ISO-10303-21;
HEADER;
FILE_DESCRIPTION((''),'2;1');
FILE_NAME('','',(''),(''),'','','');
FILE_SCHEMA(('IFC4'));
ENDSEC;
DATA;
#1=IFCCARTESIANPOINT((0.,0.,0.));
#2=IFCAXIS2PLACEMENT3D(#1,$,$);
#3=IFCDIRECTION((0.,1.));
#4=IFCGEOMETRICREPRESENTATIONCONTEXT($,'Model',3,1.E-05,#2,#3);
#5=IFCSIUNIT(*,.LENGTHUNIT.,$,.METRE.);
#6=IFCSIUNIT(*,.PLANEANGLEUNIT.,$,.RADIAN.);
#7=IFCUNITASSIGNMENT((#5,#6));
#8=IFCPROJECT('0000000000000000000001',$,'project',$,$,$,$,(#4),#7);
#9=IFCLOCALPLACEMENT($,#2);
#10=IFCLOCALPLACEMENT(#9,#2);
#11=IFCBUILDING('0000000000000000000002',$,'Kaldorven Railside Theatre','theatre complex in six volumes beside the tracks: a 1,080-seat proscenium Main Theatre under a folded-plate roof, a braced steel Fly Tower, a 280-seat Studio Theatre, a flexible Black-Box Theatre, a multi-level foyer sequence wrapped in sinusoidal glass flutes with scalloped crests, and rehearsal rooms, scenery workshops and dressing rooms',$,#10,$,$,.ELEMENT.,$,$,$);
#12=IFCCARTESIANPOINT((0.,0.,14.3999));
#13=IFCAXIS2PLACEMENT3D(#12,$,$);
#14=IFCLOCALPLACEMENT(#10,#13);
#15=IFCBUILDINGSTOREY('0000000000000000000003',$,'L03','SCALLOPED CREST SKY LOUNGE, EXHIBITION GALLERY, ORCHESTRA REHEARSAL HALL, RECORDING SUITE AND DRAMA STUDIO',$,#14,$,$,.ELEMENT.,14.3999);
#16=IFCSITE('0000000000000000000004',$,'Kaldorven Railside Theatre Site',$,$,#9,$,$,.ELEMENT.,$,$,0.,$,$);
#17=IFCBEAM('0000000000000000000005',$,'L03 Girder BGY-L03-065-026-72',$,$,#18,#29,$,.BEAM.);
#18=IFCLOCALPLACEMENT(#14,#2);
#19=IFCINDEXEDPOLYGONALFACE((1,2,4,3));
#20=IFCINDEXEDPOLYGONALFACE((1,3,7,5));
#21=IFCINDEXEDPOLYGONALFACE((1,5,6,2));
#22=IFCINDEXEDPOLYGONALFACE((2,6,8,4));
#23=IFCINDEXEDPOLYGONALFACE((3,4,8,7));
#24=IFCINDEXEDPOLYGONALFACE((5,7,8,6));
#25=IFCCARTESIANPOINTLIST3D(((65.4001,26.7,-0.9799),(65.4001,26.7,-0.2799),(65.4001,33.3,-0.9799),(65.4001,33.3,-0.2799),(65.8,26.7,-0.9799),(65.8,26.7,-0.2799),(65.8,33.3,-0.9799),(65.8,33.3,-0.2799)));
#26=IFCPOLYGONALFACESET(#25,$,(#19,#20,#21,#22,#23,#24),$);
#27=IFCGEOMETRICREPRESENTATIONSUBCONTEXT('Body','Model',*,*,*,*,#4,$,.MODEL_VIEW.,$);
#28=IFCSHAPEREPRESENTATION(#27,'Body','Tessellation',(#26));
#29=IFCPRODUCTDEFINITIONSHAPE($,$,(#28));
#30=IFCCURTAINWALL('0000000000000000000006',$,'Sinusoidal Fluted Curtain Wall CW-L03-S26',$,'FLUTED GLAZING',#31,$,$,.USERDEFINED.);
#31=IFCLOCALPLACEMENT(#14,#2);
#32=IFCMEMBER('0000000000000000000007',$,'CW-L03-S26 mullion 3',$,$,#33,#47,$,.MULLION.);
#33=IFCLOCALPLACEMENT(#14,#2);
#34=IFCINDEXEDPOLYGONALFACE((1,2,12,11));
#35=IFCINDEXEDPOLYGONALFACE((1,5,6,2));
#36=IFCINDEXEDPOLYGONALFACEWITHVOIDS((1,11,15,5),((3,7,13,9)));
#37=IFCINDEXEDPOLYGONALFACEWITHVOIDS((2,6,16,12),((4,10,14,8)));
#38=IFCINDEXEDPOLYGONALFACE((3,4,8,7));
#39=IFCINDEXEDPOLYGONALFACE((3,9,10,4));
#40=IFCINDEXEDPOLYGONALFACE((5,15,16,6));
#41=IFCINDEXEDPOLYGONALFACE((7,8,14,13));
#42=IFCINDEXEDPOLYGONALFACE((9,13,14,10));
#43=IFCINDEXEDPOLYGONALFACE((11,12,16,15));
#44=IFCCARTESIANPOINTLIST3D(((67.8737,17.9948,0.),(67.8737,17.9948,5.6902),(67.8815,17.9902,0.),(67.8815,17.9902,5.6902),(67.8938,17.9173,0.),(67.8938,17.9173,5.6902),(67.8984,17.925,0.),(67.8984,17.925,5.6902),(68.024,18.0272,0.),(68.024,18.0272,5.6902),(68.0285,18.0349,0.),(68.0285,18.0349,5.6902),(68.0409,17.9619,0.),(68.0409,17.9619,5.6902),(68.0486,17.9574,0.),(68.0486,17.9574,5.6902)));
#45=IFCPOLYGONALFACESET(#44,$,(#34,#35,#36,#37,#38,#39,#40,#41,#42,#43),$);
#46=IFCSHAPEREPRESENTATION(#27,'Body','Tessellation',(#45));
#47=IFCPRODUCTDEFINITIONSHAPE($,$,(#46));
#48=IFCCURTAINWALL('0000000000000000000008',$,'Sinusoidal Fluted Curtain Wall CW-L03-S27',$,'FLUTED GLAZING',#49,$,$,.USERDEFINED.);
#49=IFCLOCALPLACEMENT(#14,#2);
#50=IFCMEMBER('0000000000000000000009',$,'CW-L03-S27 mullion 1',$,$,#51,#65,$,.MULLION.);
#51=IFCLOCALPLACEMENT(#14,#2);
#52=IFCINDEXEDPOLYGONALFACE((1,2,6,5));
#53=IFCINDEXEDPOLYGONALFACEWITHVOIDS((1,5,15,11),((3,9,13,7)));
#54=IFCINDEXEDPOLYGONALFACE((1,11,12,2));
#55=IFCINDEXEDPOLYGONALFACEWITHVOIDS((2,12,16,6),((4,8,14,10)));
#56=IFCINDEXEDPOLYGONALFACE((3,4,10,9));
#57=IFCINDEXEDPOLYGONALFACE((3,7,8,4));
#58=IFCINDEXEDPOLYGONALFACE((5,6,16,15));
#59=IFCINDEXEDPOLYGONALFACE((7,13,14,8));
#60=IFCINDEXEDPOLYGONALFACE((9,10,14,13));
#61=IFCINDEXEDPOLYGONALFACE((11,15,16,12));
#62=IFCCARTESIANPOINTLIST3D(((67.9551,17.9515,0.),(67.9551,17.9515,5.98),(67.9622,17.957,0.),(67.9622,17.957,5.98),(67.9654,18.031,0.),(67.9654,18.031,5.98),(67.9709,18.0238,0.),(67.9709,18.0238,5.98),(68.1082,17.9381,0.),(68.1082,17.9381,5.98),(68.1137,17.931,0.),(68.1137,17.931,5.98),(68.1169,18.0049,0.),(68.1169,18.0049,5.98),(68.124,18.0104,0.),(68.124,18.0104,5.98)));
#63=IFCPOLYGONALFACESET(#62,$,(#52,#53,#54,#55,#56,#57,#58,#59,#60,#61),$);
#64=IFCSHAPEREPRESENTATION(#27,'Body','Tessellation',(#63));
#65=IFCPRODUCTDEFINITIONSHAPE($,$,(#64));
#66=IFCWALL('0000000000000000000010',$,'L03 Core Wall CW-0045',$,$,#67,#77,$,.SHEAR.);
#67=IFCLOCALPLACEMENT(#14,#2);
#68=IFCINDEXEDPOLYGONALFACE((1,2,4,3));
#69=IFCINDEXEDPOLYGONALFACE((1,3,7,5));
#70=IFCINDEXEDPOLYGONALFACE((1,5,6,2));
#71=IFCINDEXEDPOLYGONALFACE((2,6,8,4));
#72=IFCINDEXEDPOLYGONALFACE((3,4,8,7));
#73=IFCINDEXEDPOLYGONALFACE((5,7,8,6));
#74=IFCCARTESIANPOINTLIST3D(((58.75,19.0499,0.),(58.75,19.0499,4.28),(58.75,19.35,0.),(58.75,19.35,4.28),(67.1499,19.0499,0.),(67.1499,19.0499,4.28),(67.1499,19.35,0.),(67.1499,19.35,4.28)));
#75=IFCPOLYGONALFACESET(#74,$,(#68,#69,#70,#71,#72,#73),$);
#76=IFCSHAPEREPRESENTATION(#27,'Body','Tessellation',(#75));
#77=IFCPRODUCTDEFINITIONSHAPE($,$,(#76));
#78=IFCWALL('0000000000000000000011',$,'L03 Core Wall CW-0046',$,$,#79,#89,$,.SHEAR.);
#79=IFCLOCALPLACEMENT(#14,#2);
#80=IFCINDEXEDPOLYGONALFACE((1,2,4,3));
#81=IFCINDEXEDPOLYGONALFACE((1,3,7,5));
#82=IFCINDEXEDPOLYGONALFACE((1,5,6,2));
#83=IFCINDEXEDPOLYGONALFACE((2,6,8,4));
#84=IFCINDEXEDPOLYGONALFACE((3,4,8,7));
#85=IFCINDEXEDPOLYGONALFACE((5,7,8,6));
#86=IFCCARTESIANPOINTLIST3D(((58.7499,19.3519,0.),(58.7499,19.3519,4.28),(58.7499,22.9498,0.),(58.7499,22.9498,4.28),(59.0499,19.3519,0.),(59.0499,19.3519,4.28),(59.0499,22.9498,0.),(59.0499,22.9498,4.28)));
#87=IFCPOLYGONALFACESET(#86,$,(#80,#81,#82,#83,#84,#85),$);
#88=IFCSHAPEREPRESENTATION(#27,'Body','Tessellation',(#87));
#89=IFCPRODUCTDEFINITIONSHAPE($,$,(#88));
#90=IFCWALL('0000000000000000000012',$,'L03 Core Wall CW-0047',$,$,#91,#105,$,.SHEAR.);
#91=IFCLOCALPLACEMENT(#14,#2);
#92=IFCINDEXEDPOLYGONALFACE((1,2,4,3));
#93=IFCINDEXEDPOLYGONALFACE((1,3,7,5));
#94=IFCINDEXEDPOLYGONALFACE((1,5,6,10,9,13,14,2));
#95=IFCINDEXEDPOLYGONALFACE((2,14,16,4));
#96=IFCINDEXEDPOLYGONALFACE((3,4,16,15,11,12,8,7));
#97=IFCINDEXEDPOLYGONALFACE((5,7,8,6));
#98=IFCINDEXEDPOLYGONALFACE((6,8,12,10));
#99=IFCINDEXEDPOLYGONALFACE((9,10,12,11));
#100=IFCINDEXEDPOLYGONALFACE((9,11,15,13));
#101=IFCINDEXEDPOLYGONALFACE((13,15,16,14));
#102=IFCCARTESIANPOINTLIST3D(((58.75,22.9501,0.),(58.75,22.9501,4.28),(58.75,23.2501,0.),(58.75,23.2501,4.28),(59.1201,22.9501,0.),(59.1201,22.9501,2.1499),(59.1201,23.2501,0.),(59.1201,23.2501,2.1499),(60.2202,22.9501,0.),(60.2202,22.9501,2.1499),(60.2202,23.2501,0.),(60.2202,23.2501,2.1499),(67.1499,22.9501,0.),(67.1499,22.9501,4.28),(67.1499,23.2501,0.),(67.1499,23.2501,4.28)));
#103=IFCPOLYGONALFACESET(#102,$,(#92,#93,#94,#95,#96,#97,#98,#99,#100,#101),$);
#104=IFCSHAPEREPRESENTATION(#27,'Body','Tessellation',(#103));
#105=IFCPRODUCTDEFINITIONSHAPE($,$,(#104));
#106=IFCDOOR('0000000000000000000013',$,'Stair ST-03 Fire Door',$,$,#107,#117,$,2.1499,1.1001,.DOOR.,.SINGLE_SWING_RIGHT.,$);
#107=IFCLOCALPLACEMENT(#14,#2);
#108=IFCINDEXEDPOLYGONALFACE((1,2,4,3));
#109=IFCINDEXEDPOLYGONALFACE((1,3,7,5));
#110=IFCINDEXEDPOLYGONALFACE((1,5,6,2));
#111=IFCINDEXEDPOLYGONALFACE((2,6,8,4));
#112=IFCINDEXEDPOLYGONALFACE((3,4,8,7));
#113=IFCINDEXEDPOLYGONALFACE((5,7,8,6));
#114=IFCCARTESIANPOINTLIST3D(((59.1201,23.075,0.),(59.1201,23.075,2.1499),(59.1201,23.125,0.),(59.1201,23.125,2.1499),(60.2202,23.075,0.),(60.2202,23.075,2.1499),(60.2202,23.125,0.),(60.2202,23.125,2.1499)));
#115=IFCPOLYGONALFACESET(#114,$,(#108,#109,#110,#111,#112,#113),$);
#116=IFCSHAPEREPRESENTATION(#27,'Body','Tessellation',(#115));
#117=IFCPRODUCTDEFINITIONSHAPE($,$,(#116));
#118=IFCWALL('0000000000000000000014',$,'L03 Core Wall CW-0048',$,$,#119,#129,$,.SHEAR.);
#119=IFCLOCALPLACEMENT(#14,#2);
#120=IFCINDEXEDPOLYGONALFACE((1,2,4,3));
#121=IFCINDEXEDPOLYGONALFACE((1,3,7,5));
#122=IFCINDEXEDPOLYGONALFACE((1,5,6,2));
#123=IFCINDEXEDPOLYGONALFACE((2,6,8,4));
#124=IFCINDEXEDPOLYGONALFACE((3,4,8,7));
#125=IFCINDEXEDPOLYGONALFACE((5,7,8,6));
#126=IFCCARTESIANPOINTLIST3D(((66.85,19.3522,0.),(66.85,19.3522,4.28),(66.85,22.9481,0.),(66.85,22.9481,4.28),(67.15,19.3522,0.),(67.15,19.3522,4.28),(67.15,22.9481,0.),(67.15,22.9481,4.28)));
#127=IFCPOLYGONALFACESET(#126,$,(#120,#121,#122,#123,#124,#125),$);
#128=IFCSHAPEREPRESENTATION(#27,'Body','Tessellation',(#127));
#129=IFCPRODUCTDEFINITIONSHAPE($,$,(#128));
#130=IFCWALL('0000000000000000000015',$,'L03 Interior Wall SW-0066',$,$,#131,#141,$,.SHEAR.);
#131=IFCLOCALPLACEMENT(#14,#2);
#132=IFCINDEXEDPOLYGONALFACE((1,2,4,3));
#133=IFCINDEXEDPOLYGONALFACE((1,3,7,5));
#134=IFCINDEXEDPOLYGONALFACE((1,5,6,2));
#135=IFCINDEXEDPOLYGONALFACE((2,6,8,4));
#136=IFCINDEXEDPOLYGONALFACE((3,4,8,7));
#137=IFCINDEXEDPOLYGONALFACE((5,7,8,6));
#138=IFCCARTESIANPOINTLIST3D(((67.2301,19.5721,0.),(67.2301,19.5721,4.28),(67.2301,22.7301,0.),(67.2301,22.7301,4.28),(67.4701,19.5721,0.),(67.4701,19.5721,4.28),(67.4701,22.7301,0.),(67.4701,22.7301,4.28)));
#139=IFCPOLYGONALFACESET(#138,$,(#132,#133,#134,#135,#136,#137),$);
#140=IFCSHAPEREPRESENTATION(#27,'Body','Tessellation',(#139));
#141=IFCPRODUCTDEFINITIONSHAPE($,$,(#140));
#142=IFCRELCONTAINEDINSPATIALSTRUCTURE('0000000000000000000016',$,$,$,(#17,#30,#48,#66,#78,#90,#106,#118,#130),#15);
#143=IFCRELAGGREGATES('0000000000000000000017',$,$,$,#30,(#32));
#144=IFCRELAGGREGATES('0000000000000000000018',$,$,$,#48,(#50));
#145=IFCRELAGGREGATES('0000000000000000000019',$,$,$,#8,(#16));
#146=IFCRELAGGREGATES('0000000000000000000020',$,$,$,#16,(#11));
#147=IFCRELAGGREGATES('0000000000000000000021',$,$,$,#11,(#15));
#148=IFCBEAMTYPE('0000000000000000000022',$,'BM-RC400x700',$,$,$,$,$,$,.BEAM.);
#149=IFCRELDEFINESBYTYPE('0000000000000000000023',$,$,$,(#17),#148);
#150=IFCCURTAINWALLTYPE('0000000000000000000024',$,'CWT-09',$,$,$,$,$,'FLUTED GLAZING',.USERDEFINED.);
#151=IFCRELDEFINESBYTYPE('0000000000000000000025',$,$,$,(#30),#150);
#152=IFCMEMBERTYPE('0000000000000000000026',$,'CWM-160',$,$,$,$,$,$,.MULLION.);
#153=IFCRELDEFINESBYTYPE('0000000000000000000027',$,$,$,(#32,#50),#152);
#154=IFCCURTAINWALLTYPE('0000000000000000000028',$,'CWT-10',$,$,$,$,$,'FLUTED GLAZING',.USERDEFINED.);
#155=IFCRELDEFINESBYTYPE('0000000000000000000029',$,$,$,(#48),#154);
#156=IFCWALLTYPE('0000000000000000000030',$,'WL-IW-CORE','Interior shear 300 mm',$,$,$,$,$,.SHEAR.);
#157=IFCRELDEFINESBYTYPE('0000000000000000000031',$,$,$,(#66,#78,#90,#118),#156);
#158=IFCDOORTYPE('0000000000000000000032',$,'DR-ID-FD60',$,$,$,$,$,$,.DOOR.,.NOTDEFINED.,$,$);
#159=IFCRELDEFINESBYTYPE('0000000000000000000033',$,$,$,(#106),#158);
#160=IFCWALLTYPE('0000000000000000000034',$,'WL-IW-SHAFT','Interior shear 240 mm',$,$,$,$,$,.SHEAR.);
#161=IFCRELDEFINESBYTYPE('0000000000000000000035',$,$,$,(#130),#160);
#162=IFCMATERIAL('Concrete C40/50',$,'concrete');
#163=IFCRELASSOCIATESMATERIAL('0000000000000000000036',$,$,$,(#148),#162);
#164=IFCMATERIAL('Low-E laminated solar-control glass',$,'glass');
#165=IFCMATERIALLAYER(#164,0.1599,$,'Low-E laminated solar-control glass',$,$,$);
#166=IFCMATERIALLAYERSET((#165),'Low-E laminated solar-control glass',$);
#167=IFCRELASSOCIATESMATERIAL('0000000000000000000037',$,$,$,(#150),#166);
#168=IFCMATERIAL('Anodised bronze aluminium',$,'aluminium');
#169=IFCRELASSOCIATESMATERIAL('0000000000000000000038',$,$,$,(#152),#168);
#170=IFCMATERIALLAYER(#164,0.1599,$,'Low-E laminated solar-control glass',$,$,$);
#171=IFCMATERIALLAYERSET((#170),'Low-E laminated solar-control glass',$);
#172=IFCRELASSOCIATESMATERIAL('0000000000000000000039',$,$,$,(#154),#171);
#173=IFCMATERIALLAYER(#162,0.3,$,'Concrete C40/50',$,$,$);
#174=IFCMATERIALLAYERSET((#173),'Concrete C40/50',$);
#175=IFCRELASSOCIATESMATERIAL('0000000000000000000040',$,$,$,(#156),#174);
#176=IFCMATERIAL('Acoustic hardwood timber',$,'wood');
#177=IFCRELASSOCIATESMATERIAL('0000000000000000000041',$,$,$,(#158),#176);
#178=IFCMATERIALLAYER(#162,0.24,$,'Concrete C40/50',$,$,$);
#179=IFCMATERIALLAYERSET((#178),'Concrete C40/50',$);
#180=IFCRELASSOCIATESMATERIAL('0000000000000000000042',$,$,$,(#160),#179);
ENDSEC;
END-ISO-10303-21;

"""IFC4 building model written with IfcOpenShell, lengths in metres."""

from ifc_helpers import new_model, si_unit, direction, frame, frame_2d, origin, origin_2d, place, context, subcontext, project, spatial, rectangle, hollow_rectangle, extrude, material, layer, layer_set, material_profile, profile_set, type_object, element, fill, aggregate, save


model = new_model("IFC4")

# Units and contexts
model_context = context("Model", 3, precision=1e-05, world=origin(), true_north=direction((0.0, 1.0)))
body_context = subcontext(model_context, "Body", "Model", "MODEL_VIEW")
ifc_project = project(units=[si_unit("LENGTHUNIT", "METRE"), si_unit("PLANEANGLEUNIT", "RADIAN")], contexts=[model_context])

# Site, building, storey
site_placement = place(None, origin())
site = spatial("IfcSite", under=ifc_project, at=site_placement, Name="Kaldorven Railside Theatre Site", CompositionType="ELEMENT", RefElevation=0.0)
building_placement = place(site_placement, origin())
building = spatial("IfcBuilding", under=site, at=building_placement, Name="Kaldorven Railside Theatre", Description="theatre complex in six volumes beside the tracks: a 1,080-seat proscenium Main Theatre under a folded-plate roof, a braced steel Fly Tower, a 280-seat Studio Theatre, a flexible Black-Box Theatre, a multi-level foyer sequence wrapped in sinusoidal glass flutes with scalloped crests, and rehearsal rooms, scenery workshops and dressing rooms", CompositionType="ELEMENT")
storey_placement = place(building_placement, frame((0.0, 0.0, 14.3999)))
storey = spatial("IfcBuildingStorey", under=building, at=storey_placement, Name="L03", Description="SCALLOPED CREST SKY LOUNGE, EXHIBITION GALLERY, ORCHESTRA REHEARSAL HALL, RECORDING SUITE AND DRAMA STUDIO", CompositionType="ELEMENT", Elevation=14.3999)

# Shared definitions
ifc_material_1 = material(Name="Concrete C40/50", Category="concrete")

# Beam
ifc_material_profile_1 = material_profile(ifc_material_1, rectangle(XDim=0.3999, YDim=0.7, at=origin_2d()), Name="RC 400x700")
ifc_profile_set_1 = profile_set([ifc_material_profile_1], Name="Concrete C40/50")
beam_type_1 = type_object("IfcBeamType", Name="BM-RC400x700", PredefinedType="BEAM", material=ifc_profile_set_1)
for number, where, z_axis, x_axis, name in (
    (1, (65.6001, 26.7, -0.6299), (0.0, 1.0, 0.0), (-1.0, 0.0, 0.0), "L03 Girder BGY-L03-065-026-72"),
):
    element("IfcBeam", number, at=place(storey_placement, frame(where, z_axis=z_axis, x_axis=x_axis)), inside=storey, type_object=beam_type_1, Name=name, PredefinedType="BEAM", context=body_context, shape_type="SweptSolid", body=[
        extrude(rectangle(XDim=0.3999, YDim=0.7, at=origin_2d()), origin(), (0.0, 0.0, 1.0), 6.6001),
    ])

# Curtain walls, members
ifc_material_2 = material(Name="Low-E laminated solar-control glass", Category="glass")
ifc_layer_1 = layer(ifc_material_2, 0.1599, Name="Low-E laminated solar-control glass")
ifc_layer_set_1 = layer_set([ifc_layer_1], Name="Low-E laminated solar-control glass")
curtain_wall_type_1 = type_object("IfcCurtainWallType", Name="CWT-09", ElementType="FLUTED GLAZING", PredefinedType="USERDEFINED", material=ifc_layer_set_1)
curtain_wall_1_placement = place(storey_placement, origin())
curtain_wall_1 = element("IfcCurtainWall", 2, at=curtain_wall_1_placement, inside=storey, type_object=curtain_wall_type_1, Name="Sinusoidal Fluted Curtain Wall CW-L03-S26", ObjectType="FLUTED GLAZING", PredefinedType="USERDEFINED")
ifc_material_3 = material(Name="Anodised bronze aluminium", Category="aluminium")
ifc_material_profile_2 = material_profile(ifc_material_3, hollow_rectangle(XDim=0.0801, YDim=0.1599, WallThickness=0.0063, at=origin_2d()), Name="RHS 160x80x6.3")
ifc_profile_set_2 = profile_set([ifc_material_profile_2], Name="Anodised bronze aluminium")
member_type = type_object("IfcMemberType", Name="CWM-160", PredefinedType="MULLION", material=ifc_profile_set_2)
member_1_placement = place(storey_placement, frame((67.9612, 17.9761, 0.0), z_axis=(0.0, 0.0, 1.0), x_axis=(-0.250954, 0.967999, 0.0)))
member_1 = element("IfcMember", 3, at=member_1_placement, type_object=member_type, Name="CW-L03-S26 mullion 3", PredefinedType="MULLION", context=body_context, shape_type="SweptSolid", body=[
    extrude(hollow_rectangle(XDim=0.0801, YDim=0.1599, WallThickness=0.0063, at=origin_2d()), origin(), (0.0, 0.0, 1.0), 5.6902),
])
aggregate(curtain_wall_1, [member_1])
ifc_layer_2 = layer(ifc_material_2, 0.1599, Name="Low-E laminated solar-control glass")
ifc_layer_set_2 = layer_set([ifc_layer_2], Name="Low-E laminated solar-control glass")
curtain_wall_type_2 = type_object("IfcCurtainWallType", Name="CWT-10", ElementType="FLUTED GLAZING", PredefinedType="USERDEFINED", material=ifc_layer_set_2)
curtain_wall_2_placement = place(storey_placement, origin())
curtain_wall_2 = element("IfcCurtainWall", 4, at=curtain_wall_2_placement, inside=storey, type_object=curtain_wall_type_2, Name="Sinusoidal Fluted Curtain Wall CW-L03-S27", ObjectType="FLUTED GLAZING", PredefinedType="USERDEFINED")
member_2_placement = place(storey_placement, frame((68.0396, 17.981, 0.0), z_axis=(0.0, 0.0, 1.0), x_axis=(0.128753, 0.991677, 0.0)))
member_2 = element("IfcMember", 5, at=member_2_placement, type_object=member_type, Name="CW-L03-S27 mullion 1", PredefinedType="MULLION", context=body_context, shape_type="SweptSolid", body=[
    extrude(hollow_rectangle(XDim=0.0801, YDim=0.1599, WallThickness=0.0063, at=origin_2d()), origin(), (0.0, 0.0, 1.0), 5.98),
])
aggregate(curtain_wall_2, [member_2])

# Walls
ifc_layer_3 = layer(ifc_material_1, 0.3, Name="Concrete C40/50")
ifc_layer_set_3 = layer_set([ifc_layer_3], Name="Concrete C40/50")
wall_type_1 = type_object("IfcWallType", Name="WL-IW-CORE", Description="Interior shear 300 mm", PredefinedType="SHEAR", material=ifc_layer_set_3)
wall_1_placement = place(storey_placement, frame((67.1499, 19.2, 0.0), z_axis=(0.0, 0.0, 1.0), x_axis=(-1.0, 0.0, 0.0)))
element("IfcWall", 6, at=wall_1_placement, inside=storey, type_object=wall_type_1, Name="L03 Core Wall CW-0045", PredefinedType="SHEAR", context=body_context, shape_type="SweptSolid", body=[
    extrude(rectangle(XDim=8.3999, YDim=0.3, at=frame_2d((4.2, 0.0))), origin(), (0.0, 0.0, 1.0), 4.28),
])
wall_2_placement = place(storey_placement, frame((58.8999, 19.3521, 0.0), z_axis=(0.0, 0.0, 1.0), x_axis=(0.0, 1.0, 0.0)))
element("IfcWall", 7, at=wall_2_placement, inside=storey, type_object=wall_type_1, Name="L03 Core Wall CW-0046", PredefinedType="SHEAR", context=body_context, shape_type="SweptSolid", body=[
    extrude(rectangle(XDim=3.5979, YDim=0.3, at=frame_2d((1.7988, 0.0))), origin(), (0.0, 0.0, 1.0), 4.28),
])

# Wall, opening, door
wall_3_placement = place(storey_placement, frame((58.75, 23.1001, 0.0), z_axis=(0.0, 0.0, 1.0), x_axis=(1.0, 0.0, 0.0)))
wall_3 = element("IfcWall", 8, at=wall_3_placement, inside=storey, type_object=wall_type_1, Name="L03 Core Wall CW-0047", PredefinedType="SHEAR", context=body_context, shape_type="SweptSolid", body=[
    extrude(rectangle(XDim=8.3999, YDim=0.3, at=frame_2d((4.2, 0.0))), origin(), (0.0, 0.0, 1.0), 4.28),
])
opening_1_placement = place(wall_3_placement, frame((0.3701, 0.0, 0.0)))
opening_1 = element("IfcOpeningElement", 9, at=opening_1_placement, cuts=wall_3, PredefinedType="OPENING", context=body_context, shape_type="SweptSolid", body=[
    extrude(rectangle(XDim=1.1001, YDim=2.1499, at=frame_2d((0.55, 1.075))), frame((0.0, 0.1602, 0.0), z_axis=(0.0, -1.0, 0.0), x_axis=(1.0, 0.0, 0.0)), (0.0, 0.0, 1.0), 0.3201),
])
ifc_material_4 = material(Name="Acoustic hardwood timber", Category="wood")
door_type_1 = type_object("IfcDoorType", Name="DR-ID-FD60", OperationType="NOTDEFINED", PredefinedType="DOOR", material=ifc_material_4)
door_1_placement = place(opening_1_placement, origin())
door_1 = element("IfcDoor", 10, at=door_1_placement, inside=storey, type_object=door_type_1, Name="Stair ST-03 Fire Door", OperationType="SINGLE_SWING_RIGHT", OverallHeight=2.1499, OverallWidth=1.1001, PredefinedType="DOOR", context=body_context, shape_type="SweptSolid", body=[
    extrude(rectangle(XDim=1.1001, YDim=2.1499, at=frame_2d((0.55, 1.075))), frame((0.0, 0.0249, 0.0), z_axis=(0.0, -1.0, 0.0), x_axis=(1.0, 0.0, 0.0)), (0.0, 0.0, 1.0), 0.05),
])
fill(opening_1, door_1)

# Walls
wall_4_placement = place(storey_placement, frame((67.0, 22.948, 0.0), z_axis=(0.0, 0.0, 1.0), x_axis=(0.0, -1.0, 0.0)))
element("IfcWall", 11, at=wall_4_placement, inside=storey, type_object=wall_type_1, Name="L03 Core Wall CW-0048", PredefinedType="SHEAR", context=body_context, shape_type="SweptSolid", body=[
    extrude(rectangle(XDim=3.5959, YDim=0.3, at=frame_2d((1.7979, 0.0))), origin(), (0.0, 0.0, 1.0), 4.28),
])
ifc_layer_4 = layer(ifc_material_1, 0.24, Name="Concrete C40/50")
ifc_layer_set_4 = layer_set([ifc_layer_4], Name="Concrete C40/50")
wall_type_2 = type_object("IfcWallType", Name="WL-IW-SHAFT", Description="Interior shear 240 mm", PredefinedType="SHEAR", material=ifc_layer_set_4)
wall_5_placement = place(storey_placement, frame((67.3501, 19.572, 0.0), z_axis=(0.0, 0.0, 1.0), x_axis=(0.0, 1.0, 0.0)))
element("IfcWall", 12, at=wall_5_placement, inside=storey, type_object=wall_type_2, Name="L03 Interior Wall SW-0066", PredefinedType="SHEAR", context=body_context, shape_type="SweptSolid", body=[
    extrude(rectangle(XDim=3.158, YDim=0.24, at=frame_2d((1.5791, 0.0))), origin(), (0.0, 0.0, 1.0), 4.28),
])

save(model, "model.ifc")
